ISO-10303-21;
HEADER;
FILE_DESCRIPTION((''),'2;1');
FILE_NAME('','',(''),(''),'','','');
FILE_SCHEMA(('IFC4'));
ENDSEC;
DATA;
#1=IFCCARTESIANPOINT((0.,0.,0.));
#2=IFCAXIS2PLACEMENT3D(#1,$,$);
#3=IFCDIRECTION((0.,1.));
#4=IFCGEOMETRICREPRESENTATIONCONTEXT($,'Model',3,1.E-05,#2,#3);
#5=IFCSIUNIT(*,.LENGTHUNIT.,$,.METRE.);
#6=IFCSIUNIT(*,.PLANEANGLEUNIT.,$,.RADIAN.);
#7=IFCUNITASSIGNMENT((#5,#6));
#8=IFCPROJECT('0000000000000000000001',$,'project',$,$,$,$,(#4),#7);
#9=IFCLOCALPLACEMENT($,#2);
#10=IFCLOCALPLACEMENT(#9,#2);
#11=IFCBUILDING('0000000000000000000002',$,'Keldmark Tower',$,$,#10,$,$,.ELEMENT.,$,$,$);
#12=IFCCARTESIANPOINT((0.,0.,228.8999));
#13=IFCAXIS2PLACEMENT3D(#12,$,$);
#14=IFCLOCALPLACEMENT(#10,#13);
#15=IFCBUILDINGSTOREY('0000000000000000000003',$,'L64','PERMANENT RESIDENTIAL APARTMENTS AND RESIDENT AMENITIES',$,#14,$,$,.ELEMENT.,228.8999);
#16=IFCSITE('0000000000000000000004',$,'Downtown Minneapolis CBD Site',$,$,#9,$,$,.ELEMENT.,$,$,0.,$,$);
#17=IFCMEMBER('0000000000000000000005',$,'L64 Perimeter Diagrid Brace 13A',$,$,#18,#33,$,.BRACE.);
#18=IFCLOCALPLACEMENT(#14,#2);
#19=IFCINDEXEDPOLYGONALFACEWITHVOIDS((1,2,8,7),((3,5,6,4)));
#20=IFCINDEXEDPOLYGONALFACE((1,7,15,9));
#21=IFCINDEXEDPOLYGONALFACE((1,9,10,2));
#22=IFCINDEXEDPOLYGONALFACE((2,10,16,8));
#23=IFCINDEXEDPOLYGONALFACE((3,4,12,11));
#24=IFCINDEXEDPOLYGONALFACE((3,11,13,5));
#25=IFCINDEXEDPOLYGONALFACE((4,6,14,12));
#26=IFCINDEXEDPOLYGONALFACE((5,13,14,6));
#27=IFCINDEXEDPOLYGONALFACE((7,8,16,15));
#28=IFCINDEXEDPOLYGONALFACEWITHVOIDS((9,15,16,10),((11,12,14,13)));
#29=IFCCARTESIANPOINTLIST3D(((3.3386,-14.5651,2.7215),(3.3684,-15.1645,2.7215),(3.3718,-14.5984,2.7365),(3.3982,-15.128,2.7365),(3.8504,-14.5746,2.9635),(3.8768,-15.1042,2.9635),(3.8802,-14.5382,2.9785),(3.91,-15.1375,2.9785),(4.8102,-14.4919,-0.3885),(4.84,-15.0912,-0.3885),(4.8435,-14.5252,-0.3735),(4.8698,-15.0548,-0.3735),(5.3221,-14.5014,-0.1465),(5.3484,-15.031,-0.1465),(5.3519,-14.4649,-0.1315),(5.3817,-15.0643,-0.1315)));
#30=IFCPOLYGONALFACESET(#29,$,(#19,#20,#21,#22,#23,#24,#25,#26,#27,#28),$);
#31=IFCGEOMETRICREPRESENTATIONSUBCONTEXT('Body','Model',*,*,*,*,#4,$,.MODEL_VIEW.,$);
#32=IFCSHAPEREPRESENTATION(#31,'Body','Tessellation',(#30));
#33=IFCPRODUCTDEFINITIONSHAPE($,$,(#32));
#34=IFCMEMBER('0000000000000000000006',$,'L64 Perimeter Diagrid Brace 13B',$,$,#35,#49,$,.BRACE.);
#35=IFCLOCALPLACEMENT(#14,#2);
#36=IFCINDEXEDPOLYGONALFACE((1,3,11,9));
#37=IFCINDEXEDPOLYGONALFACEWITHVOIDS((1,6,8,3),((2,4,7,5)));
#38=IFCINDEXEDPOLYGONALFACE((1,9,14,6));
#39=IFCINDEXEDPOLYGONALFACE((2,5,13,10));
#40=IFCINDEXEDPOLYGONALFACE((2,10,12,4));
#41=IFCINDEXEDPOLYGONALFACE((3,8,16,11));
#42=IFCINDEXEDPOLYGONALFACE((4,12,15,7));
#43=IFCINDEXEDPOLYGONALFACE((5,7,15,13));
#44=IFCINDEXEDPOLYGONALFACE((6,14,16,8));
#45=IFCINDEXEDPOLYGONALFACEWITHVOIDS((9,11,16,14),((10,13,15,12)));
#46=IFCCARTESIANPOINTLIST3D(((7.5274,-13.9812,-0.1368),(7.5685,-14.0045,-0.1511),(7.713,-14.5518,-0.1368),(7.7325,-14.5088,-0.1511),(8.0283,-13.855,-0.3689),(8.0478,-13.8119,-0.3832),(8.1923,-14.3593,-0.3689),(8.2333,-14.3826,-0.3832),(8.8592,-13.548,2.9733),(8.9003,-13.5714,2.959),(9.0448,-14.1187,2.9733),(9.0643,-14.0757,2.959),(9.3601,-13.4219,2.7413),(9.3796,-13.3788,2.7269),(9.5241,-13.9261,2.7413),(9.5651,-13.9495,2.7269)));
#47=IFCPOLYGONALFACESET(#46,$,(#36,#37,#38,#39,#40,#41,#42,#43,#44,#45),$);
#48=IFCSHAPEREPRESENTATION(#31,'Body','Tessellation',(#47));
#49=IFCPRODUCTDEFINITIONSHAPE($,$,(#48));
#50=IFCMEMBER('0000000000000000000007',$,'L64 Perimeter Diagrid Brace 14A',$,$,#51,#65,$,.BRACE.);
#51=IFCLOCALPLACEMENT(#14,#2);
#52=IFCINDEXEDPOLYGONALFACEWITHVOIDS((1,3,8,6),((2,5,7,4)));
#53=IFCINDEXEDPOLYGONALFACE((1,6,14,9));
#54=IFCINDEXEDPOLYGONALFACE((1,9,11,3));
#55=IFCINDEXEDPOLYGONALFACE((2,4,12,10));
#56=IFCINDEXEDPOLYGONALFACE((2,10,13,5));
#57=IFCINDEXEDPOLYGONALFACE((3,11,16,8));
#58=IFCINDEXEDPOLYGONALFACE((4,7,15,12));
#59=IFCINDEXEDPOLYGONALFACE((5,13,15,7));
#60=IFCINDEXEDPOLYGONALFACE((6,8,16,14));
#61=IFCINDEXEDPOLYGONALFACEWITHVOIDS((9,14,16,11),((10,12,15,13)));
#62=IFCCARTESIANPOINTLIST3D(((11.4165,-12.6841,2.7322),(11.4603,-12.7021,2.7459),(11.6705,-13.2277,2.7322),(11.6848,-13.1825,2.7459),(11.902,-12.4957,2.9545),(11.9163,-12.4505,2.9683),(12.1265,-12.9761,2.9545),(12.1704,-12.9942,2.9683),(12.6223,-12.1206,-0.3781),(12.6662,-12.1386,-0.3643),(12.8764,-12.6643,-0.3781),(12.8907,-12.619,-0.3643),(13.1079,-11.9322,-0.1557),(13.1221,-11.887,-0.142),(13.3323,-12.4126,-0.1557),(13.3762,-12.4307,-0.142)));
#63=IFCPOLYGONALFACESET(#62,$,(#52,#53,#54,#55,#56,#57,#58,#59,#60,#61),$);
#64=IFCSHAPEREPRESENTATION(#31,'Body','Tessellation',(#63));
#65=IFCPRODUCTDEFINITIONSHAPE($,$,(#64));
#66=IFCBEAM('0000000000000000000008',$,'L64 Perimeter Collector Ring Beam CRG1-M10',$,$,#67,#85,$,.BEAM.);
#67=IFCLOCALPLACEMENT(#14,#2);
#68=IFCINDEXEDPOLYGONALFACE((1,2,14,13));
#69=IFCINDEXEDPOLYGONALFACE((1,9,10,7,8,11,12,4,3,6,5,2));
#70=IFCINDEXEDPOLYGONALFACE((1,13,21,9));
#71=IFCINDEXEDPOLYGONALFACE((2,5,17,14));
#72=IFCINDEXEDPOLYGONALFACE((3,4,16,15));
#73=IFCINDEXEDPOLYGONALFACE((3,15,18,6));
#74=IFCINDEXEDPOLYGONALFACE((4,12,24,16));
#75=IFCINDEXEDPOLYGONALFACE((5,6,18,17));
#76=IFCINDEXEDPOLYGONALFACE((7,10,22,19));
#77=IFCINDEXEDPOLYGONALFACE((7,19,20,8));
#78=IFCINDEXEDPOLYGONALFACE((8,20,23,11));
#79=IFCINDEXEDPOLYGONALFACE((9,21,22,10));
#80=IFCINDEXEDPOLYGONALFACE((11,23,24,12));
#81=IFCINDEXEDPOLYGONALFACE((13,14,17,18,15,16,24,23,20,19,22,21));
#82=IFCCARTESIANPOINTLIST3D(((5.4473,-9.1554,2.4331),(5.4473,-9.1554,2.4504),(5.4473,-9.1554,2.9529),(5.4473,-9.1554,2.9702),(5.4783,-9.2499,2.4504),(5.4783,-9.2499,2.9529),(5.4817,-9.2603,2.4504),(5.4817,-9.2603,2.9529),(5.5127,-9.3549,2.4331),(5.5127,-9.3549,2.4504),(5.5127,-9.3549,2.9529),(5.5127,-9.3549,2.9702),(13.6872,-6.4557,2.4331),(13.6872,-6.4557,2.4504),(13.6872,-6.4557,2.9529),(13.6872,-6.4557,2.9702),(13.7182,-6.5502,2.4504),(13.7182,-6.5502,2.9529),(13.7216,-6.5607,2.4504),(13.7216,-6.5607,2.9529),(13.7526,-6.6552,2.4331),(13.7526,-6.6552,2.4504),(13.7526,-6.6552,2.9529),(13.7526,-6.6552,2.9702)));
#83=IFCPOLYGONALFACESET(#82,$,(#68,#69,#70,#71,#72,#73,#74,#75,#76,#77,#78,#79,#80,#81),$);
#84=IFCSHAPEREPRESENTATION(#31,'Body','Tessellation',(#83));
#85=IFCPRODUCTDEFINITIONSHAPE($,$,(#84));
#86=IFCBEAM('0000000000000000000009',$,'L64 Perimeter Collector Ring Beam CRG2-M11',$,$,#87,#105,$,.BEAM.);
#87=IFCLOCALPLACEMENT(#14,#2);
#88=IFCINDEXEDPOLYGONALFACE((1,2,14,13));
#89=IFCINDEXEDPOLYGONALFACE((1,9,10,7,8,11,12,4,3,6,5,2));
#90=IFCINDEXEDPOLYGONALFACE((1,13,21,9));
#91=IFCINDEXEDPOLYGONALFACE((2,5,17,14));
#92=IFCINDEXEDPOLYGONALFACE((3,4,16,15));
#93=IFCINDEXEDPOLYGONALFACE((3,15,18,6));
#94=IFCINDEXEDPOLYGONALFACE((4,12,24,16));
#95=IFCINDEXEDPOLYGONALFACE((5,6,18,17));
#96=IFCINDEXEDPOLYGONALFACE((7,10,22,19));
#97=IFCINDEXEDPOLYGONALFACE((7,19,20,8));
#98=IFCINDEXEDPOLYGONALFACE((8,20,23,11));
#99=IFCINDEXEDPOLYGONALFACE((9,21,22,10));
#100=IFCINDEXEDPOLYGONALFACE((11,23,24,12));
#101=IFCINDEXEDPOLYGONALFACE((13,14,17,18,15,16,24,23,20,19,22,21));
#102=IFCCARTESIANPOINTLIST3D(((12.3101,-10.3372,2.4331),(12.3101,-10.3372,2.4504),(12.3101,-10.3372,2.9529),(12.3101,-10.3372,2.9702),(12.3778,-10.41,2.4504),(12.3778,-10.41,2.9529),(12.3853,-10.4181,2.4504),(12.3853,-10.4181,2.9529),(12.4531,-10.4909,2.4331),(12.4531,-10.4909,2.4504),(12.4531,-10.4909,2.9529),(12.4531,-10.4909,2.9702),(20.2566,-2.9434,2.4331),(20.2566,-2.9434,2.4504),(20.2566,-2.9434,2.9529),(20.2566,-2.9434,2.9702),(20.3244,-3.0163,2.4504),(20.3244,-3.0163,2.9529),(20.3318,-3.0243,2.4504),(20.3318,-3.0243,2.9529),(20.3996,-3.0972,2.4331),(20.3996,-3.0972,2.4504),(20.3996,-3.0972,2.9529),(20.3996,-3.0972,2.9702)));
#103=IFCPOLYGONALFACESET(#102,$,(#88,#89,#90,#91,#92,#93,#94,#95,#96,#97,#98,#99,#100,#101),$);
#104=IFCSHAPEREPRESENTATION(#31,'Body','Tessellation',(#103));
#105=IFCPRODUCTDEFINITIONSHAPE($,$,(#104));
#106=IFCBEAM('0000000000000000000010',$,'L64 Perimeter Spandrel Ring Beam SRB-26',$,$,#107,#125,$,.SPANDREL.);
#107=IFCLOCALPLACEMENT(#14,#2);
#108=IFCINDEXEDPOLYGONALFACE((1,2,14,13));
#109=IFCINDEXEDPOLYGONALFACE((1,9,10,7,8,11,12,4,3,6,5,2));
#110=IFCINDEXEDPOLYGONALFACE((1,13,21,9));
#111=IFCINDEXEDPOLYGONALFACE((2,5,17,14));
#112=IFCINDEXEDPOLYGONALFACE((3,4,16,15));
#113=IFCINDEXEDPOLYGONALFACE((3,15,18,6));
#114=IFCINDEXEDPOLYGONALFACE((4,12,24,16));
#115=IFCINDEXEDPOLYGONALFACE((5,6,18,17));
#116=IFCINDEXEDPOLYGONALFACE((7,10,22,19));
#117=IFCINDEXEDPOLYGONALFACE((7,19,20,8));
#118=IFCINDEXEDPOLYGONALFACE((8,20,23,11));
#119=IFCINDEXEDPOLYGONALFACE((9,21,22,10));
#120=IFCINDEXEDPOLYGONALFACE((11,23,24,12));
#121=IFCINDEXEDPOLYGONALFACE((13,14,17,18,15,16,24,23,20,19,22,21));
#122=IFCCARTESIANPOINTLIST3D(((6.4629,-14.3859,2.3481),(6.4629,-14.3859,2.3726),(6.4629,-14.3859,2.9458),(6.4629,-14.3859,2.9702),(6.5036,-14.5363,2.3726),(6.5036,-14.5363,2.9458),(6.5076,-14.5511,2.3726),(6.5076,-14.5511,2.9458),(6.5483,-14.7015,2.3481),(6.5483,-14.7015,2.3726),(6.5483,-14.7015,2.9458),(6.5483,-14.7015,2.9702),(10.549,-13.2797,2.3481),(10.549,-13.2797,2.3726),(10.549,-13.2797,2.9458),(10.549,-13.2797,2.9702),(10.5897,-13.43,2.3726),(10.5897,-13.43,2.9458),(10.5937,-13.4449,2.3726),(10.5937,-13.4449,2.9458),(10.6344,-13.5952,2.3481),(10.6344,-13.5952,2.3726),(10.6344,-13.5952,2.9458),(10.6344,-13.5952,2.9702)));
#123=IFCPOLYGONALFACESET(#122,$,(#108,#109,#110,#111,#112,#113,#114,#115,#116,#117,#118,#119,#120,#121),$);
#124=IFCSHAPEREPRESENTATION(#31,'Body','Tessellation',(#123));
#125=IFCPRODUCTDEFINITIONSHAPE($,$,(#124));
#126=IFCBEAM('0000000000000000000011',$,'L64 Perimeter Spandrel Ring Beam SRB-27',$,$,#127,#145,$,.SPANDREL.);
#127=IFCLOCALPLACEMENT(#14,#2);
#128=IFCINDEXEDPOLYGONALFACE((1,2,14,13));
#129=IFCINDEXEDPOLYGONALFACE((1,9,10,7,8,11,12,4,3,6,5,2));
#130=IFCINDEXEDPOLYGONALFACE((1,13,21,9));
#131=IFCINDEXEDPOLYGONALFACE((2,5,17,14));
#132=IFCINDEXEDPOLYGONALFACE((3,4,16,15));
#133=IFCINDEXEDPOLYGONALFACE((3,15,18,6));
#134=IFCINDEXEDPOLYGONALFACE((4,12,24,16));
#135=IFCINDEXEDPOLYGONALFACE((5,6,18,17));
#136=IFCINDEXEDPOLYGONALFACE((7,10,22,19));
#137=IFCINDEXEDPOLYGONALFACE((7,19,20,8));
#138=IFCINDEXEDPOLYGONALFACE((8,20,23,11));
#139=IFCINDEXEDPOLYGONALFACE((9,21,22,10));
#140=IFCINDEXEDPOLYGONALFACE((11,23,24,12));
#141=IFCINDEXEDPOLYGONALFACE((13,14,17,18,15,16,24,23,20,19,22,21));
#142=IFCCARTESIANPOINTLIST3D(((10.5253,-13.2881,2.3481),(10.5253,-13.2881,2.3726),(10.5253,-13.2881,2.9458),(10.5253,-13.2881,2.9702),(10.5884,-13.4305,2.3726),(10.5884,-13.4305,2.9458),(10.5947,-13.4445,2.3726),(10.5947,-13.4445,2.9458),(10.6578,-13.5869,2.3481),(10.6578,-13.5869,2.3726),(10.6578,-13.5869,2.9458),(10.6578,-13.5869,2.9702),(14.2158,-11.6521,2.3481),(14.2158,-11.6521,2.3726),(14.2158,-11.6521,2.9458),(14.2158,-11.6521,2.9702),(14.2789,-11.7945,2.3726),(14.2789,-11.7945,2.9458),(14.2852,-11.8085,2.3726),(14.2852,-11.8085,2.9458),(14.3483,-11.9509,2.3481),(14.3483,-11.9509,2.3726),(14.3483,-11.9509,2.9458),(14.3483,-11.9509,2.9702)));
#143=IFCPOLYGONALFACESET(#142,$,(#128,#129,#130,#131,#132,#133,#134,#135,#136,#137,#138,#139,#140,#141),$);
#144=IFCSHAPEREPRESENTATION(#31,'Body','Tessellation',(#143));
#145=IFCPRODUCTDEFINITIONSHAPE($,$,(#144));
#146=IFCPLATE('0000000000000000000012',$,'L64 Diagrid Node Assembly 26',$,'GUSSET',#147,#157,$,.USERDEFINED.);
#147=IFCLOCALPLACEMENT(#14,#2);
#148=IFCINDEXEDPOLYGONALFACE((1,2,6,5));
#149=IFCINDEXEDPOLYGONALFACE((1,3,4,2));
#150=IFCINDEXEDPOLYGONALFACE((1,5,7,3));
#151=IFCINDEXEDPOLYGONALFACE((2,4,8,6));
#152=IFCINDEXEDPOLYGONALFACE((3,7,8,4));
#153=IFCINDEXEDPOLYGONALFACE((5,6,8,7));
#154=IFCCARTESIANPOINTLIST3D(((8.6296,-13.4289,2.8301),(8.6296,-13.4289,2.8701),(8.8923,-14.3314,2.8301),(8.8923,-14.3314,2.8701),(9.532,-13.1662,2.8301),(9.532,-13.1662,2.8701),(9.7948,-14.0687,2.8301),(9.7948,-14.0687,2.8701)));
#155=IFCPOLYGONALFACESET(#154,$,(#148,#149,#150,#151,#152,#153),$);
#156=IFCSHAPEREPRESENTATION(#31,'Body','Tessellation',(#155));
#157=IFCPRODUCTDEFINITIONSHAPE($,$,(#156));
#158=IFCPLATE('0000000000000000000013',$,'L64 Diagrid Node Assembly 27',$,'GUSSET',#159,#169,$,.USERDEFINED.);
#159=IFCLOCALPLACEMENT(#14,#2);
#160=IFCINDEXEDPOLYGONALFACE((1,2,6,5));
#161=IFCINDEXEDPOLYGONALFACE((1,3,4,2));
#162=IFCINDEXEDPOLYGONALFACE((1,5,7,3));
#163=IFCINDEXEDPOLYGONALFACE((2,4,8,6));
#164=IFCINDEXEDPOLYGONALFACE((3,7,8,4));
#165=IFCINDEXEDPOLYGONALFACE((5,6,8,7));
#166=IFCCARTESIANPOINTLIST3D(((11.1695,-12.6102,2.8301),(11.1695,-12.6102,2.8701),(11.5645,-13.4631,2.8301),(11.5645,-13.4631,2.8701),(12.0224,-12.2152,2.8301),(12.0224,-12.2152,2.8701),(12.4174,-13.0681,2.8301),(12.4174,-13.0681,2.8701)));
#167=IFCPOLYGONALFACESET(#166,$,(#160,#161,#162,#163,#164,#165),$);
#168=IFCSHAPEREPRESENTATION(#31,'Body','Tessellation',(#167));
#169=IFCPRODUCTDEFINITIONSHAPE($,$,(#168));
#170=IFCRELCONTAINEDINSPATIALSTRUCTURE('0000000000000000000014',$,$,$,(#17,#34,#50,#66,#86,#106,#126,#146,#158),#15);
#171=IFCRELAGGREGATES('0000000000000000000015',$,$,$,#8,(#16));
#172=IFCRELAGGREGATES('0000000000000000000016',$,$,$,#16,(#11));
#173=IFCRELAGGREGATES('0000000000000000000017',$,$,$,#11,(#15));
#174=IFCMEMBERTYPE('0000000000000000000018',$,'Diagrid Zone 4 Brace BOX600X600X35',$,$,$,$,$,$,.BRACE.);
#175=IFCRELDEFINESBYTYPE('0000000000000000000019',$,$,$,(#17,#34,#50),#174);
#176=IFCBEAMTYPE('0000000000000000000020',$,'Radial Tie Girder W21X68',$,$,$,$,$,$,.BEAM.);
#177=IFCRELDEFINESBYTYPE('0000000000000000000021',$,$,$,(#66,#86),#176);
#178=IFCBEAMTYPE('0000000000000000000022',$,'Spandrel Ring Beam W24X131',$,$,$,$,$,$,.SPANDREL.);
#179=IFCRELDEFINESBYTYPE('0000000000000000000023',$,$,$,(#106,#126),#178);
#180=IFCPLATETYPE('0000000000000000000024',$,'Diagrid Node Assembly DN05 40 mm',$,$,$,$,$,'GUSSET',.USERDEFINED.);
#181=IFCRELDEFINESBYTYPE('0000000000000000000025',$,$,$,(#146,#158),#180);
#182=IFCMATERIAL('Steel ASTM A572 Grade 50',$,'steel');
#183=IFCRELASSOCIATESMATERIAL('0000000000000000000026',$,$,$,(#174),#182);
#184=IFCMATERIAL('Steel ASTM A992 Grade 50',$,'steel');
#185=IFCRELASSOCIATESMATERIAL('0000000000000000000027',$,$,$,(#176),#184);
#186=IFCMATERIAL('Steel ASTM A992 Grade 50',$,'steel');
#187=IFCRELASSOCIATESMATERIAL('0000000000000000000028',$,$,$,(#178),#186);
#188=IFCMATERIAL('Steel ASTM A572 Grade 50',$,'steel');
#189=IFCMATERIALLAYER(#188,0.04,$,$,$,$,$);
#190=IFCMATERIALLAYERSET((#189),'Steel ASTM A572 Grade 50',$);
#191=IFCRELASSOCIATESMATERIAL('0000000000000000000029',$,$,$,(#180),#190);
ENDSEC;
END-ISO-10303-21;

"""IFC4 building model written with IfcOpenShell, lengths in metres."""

from ifc_helpers import new_model, si_unit, direction, frame, origin, origin_2d, place, context, subcontext, project, spatial, rectangle, hollow_rectangle, i_section, extrude, material, layer, layer_set, material_profile, profile_set, type_object, element, save


model = new_model("IFC4")

# Units and contexts
model_context = context("Model", 3, precision=1e-05, world=origin(), true_north=direction((0.0, 1.0)))
body_context = subcontext(model_context, "Body", "Model", "MODEL_VIEW")
ifc_project = project(units=[si_unit("LENGTHUNIT", "METRE"), si_unit("PLANEANGLEUNIT", "RADIAN")], contexts=[model_context])

# Site, building, storey
site_placement = place(None, origin())
site = spatial("IfcSite", under=ifc_project, at=site_placement, Name="Downtown Minneapolis CBD Site", CompositionType="ELEMENT", RefElevation=0.0)
building_placement = place(site_placement, origin())
building = spatial("IfcBuilding", under=site, at=building_placement, Name="Keldmark Tower", CompositionType="ELEMENT")
storey_placement = place(building_placement, frame((0.0, 0.0, 228.8999)))
storey = spatial("IfcBuildingStorey", under=building, at=storey_placement, Name="L64", Description="PERMANENT RESIDENTIAL APARTMENTS AND RESIDENT AMENITIES", CompositionType="ELEMENT", Elevation=228.8999)

# Members
ifc_material_1 = material(Name="Steel ASTM A572 Grade 50", Category="steel")
ifc_material_profile_1 = material_profile(ifc_material_1, hollow_rectangle(XDim=0.6001, YDim=0.6001, WallThickness=0.0349, at=origin_2d()), Name="BOX600X600X35")
ifc_profile_set_1 = profile_set([ifc_material_profile_1], Name="Steel ASTM A572 Grade 50")
member_type = type_object("IfcMemberType", Name="Diagrid Zone 4 Brace BOX600X600X35", PredefinedType="BRACE", material=ifc_profile_set_1)
member_1_placement = place(storey_placement, frame((5.0959, -14.7781, -0.26), z_axis=(-0.427626, -0.021282, 0.903705), x_axis=(0.049706, -0.998764, 0.0)))
element("IfcMember", 1, at=member_1_placement, inside=storey, type_object=member_type, Name="L64 Perimeter Diagrid Brace 13A", PredefinedType="BRACE", context=body_context, shape_type="SweptSolid", body=[
    extrude(hollow_rectangle(XDim=0.6001, YDim=0.6001, WallThickness=0.0349, at=origin_2d()), origin(), (0.0, 0.0, 1.0), 3.4414),
])
member_2_placement = place(storey_placement, frame((7.8804, -14.1819, -0.26), z_axis=(0.390454, 0.126978, 0.911823), x_axis=(-0.309263, 0.950976, 0.0)))
element("IfcMember", 2, at=member_2_placement, inside=storey, type_object=member_type, Name="L64 Perimeter Diagrid Brace 13B", PredefinedType="BRACE", context=body_context, shape_type="SweptSolid", body=[
    extrude(hollow_rectangle(XDim=0.6001, YDim=0.6001, WallThickness=0.0349, at=origin_2d()), origin(), (0.0, 0.0, 1.0), 3.4109),
])
member_3_placement = place(storey_placement, frame((12.9993, -12.2756, -0.26), z_axis=(-0.356439, -0.166564, 0.919352), x_axis=(0.423357, -0.905963, 0.0)))
element("IfcMember", 3, at=member_3_placement, inside=storey, type_object=member_type, Name="L64 Perimeter Diagrid Brace 14A", PredefinedType="BRACE", context=body_context, shape_type="SweptSolid", body=[
    extrude(hollow_rectangle(XDim=0.6001, YDim=0.6001, WallThickness=0.0349, at=origin_2d()), origin(), (0.0, 0.0, 1.0), 3.3831),
])

# Beams
ifc_material_2 = material(Name="Steel ASTM A992 Grade 50", Category="steel")
ifc_material_profile_2 = material_profile(ifc_material_2, i_section(OverallWidth=0.21, OverallDepth=0.5371, WebThickness=0.011, FlangeThickness=0.0173, at=origin_2d()), Name="W21X68")
ifc_profile_set_2 = profile_set([ifc_material_profile_2], Name="Steel ASTM A992 Grade 50")
beam_type_1 = type_object("IfcBeamType", Name="Radial Tie Girder W21X68", PredefinedType="BEAM", material=ifc_profile_set_2)
beam_1_placement = place(storey_placement, frame((5.48, -9.2551, 2.7017), z_axis=(0.950295, 0.31135, 0.0), x_axis=(-0.31135, 0.950295, 0.0)))
element("IfcBeam", 4, at=beam_1_placement, inside=storey, type_object=beam_type_1, Name="L64 Perimeter Collector Ring Beam CRG1-M10", PredefinedType="BEAM", context=body_context, shape_type="SweptSolid", body=[
    extrude(i_section(OverallWidth=0.21, OverallDepth=0.5371, WebThickness=0.011, FlangeThickness=0.0173, at=origin_2d()), origin(), (0.0, 0.0, 1.0), 8.6709),
])
beam_2_placement = place(storey_placement, frame((12.3816, -10.4141, 2.7017), z_axis=(0.73211, 0.681187, 0.0), x_axis=(-0.681187, 0.73211, 0.0)))
element("IfcBeam", 5, at=beam_2_placement, inside=storey, type_object=beam_type_1, Name="L64 Perimeter Collector Ring Beam CRG2-M11", PredefinedType="BEAM", context=body_context, shape_type="SweptSolid", body=[
    extrude(i_section(OverallWidth=0.21, OverallDepth=0.5371, WebThickness=0.011, FlangeThickness=0.0173, at=origin_2d()), origin(), (0.0, 0.0, 1.0), 10.8542),
])
ifc_material_3 = material(Name="Steel ASTM A992 Grade 50", Category="steel")
ifc_material_profile_3 = material_profile(ifc_material_3, i_section(OverallWidth=0.3269, OverallDepth=0.6221, WebThickness=0.0154, FlangeThickness=0.0244, at=origin_2d()), Name="W24X131")
ifc_profile_set_3 = profile_set([ifc_material_profile_3], Name="Steel ASTM A992 Grade 50")
beam_type_2 = type_object("IfcBeamType", Name="Spandrel Ring Beam W24X131", PredefinedType="SPANDREL", material=ifc_profile_set_3)
beam_3_placement = place(storey_placement, frame((6.5056, -14.5437, 2.6592), z_axis=(0.965251, 0.261326, 0.0), x_axis=(-0.261326, 0.965251, 0.0)))
element("IfcBeam", 6, at=beam_3_placement, inside=storey, type_object=beam_type_2, Name="L64 Perimeter Spandrel Ring Beam SRB-26", PredefinedType="SPANDREL", context=body_context, shape_type="SweptSolid", body=[
    extrude(i_section(OverallWidth=0.3269, OverallDepth=0.6221, WebThickness=0.0154, FlangeThickness=0.0244, at=origin_2d()), origin(), (0.0, 0.0, 1.0), 4.2332),
])
beam_4_placement = place(storey_placement, frame((10.5916, -13.4375, 2.6592), z_axis=(0.914198, 0.405269, 0.0), x_axis=(-0.405269, 0.914198, 0.0)))
element("IfcBeam", 7, at=beam_4_placement, inside=storey, type_object=beam_type_2, Name="L64 Perimeter Spandrel Ring Beam SRB-27", PredefinedType="SPANDREL", context=body_context, shape_type="SweptSolid", body=[
    extrude(i_section(OverallWidth=0.3269, OverallDepth=0.6221, WebThickness=0.0154, FlangeThickness=0.0244, at=origin_2d()), origin(), (0.0, 0.0, 1.0), 4.0369),
])

# Plates
ifc_material_4 = material(Name="Steel ASTM A572 Grade 50", Category="steel")
ifc_layer_1 = layer(ifc_material_4, 0.04)
ifc_layer_set_1 = layer_set([ifc_layer_1], Name="Steel ASTM A572 Grade 50")
plate_type = type_object("IfcPlateType", Name="Diagrid Node Assembly DN05 40 mm", ElementType="GUSSET", PredefinedType="USERDEFINED", material=ifc_layer_set_1)
for number, where, z_axis, x_axis, name in (
    (8, (9.2122, -13.7488, 2.8301), (0.0, 0.0, 1.0), (0.960147, 0.279494, 0.0), "L64 Diagrid Node Assembly 26"),
    (9, (11.7935, -12.8391, 2.8301), (0.0, 0.0, 1.0), (0.907411, 0.420244, 0.0), "L64 Diagrid Node Assembly 27"),
):
    element("IfcPlate", number, at=place(storey_placement, frame(where, z_axis=z_axis, x_axis=x_axis)), inside=storey, type_object=plate_type, Name=name, ObjectType="GUSSET", PredefinedType="USERDEFINED", context=body_context, shape_type="SweptSolid", body=[
        extrude(rectangle(XDim=0.9399, YDim=0.9399, at=origin_2d()), origin(), (0.0, 0.0, 1.0), 0.04),
    ])

save(model, "model.ifc")
